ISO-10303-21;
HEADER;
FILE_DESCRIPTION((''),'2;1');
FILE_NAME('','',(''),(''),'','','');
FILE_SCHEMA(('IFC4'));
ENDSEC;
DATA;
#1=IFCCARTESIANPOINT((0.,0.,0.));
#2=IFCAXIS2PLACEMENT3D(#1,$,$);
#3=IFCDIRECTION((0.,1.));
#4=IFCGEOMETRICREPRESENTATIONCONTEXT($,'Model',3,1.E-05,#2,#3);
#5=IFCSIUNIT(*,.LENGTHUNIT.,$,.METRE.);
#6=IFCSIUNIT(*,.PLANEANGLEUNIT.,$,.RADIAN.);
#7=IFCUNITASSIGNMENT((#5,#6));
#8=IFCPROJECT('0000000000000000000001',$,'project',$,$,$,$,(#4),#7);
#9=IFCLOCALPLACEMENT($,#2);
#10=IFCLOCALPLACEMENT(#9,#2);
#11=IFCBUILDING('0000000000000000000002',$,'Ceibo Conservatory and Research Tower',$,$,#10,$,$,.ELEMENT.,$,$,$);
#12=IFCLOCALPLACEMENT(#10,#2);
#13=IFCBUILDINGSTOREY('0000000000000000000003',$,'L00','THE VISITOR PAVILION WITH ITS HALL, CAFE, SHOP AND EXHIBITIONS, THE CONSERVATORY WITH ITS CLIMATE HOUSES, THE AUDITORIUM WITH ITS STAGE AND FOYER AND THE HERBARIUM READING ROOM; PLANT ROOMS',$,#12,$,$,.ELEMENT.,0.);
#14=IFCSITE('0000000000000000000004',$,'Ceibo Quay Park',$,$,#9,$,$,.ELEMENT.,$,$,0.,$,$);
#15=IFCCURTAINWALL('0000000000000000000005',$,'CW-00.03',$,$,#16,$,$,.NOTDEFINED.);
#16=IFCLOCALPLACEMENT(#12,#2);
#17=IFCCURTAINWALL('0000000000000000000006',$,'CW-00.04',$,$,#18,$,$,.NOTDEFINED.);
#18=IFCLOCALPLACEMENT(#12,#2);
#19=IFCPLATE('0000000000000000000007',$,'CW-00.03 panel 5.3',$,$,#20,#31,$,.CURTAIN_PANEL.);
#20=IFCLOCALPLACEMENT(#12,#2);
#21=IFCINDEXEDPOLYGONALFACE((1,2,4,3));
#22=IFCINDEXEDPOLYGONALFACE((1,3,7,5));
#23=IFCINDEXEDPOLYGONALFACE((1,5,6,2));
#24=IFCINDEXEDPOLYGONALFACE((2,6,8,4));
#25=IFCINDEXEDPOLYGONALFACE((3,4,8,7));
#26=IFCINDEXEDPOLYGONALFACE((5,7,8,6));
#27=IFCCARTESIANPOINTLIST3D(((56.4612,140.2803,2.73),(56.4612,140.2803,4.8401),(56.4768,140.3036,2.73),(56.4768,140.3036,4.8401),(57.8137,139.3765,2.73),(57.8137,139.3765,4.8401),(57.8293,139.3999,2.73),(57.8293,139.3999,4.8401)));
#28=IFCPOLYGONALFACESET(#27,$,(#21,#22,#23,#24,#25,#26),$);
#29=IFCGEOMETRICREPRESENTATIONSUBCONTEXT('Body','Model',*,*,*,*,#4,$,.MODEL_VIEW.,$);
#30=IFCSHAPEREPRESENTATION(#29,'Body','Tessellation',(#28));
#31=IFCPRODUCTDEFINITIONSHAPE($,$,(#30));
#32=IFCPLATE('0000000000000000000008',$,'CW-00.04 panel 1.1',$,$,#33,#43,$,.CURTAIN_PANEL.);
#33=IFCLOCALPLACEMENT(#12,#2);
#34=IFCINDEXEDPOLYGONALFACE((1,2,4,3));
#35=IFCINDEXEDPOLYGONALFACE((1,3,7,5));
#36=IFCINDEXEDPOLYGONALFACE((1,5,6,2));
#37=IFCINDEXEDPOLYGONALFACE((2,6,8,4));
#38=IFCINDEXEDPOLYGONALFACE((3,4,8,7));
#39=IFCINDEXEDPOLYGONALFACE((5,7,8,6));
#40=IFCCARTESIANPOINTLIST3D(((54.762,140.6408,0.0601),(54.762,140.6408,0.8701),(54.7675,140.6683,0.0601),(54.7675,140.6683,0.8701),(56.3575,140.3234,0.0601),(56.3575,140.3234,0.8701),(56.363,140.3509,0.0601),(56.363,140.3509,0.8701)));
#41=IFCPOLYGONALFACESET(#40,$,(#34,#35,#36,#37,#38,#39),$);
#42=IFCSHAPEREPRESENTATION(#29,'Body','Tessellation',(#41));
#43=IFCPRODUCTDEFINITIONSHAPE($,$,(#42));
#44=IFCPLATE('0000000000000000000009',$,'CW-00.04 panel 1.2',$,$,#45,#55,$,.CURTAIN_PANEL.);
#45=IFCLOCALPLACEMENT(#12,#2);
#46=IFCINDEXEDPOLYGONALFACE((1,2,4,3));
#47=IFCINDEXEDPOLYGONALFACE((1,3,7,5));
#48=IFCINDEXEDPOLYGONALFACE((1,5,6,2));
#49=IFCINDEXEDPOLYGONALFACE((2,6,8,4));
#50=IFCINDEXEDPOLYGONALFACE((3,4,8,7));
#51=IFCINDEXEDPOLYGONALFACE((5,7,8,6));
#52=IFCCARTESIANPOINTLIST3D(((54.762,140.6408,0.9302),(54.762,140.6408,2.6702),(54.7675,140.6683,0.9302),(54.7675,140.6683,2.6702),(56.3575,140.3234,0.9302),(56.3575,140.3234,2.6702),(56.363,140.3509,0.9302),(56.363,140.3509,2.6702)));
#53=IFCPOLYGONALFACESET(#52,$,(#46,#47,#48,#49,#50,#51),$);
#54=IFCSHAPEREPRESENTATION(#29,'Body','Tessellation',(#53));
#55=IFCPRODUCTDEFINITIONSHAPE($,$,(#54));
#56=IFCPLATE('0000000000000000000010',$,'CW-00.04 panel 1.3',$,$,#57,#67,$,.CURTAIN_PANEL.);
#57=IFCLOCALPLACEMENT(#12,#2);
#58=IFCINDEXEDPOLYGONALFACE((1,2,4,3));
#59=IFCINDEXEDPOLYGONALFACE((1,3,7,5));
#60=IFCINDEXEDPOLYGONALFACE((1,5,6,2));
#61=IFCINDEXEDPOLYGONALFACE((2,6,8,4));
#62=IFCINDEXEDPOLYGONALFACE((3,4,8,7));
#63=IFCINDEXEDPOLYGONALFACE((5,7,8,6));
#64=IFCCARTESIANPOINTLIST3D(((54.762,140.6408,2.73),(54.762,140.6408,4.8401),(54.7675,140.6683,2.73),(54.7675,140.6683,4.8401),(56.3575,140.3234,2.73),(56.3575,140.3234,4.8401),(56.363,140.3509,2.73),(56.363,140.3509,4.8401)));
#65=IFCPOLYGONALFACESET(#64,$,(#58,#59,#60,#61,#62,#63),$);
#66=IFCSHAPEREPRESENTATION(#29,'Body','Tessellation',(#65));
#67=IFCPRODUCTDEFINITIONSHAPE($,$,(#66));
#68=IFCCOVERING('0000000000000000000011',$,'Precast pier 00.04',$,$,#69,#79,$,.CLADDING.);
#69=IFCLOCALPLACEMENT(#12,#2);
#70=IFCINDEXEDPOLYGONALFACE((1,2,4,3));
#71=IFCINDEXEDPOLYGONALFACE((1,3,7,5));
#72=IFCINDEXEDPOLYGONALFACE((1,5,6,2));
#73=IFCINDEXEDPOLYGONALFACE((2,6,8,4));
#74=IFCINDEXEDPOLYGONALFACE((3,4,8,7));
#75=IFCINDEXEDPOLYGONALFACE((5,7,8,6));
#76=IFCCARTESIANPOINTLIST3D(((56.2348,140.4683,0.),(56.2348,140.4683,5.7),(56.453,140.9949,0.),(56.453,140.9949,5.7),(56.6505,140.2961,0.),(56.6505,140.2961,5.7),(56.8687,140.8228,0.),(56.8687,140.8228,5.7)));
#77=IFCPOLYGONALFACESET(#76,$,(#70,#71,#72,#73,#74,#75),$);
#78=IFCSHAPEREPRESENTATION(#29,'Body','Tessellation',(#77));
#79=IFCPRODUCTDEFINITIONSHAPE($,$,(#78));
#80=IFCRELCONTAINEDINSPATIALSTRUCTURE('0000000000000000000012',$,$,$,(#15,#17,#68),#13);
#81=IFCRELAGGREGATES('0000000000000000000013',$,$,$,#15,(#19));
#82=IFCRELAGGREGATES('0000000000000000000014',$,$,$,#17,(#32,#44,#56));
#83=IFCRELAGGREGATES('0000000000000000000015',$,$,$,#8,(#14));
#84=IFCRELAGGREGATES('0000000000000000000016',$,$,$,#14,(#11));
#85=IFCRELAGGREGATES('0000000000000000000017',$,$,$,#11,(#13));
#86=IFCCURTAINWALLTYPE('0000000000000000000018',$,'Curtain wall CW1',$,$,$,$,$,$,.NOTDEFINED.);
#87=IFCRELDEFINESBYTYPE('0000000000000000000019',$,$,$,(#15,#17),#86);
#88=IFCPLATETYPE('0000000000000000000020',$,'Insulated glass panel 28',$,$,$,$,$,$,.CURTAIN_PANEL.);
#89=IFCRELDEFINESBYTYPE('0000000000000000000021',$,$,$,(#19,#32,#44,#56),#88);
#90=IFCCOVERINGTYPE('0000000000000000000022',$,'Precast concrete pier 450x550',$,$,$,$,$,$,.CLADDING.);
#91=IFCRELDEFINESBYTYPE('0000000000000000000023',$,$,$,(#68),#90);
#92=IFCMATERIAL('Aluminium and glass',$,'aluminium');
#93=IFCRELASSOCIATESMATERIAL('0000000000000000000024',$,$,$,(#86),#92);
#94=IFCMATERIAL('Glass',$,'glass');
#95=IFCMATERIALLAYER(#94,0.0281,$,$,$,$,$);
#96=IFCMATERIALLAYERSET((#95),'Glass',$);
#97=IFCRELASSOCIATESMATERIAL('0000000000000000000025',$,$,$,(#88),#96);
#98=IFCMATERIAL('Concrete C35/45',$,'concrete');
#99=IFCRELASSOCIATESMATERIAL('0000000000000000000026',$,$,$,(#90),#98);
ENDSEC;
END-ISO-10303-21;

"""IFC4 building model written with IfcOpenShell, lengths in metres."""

from ifc_helpers import new_model, si_unit, direction, frame, origin, origin_2d, place, context, subcontext, project, spatial, rectangle, extrude, material, layer, layer_set, type_object, element, aggregate, save


model = new_model("IFC4")

# Units and contexts
model_context = context("Model", 3, precision=1e-05, world=origin(), true_north=direction((0.0, 1.0)))
body_context = subcontext(model_context, "Body", "Model", "MODEL_VIEW")
ifc_project = project(units=[si_unit("LENGTHUNIT", "METRE"), si_unit("PLANEANGLEUNIT", "RADIAN")], contexts=[model_context])

# Site, building, storey
site_placement = place(None, origin())
site = spatial("IfcSite", under=ifc_project, at=site_placement, Name="Ceibo Quay Park", CompositionType="ELEMENT", RefElevation=0.0)
building_placement = place(site_placement, origin())
building = spatial("IfcBuilding", under=site, at=building_placement, Name="Ceibo Conservatory and Research Tower", CompositionType="ELEMENT")
storey_placement = place(building_placement, origin())
storey = spatial("IfcBuildingStorey", under=building, at=storey_placement, Name="L00", Description="THE VISITOR PAVILION WITH ITS HALL, CAFE, SHOP AND EXHIBITIONS, THE CONSERVATORY WITH ITS CLIMATE HOUSES, THE AUDITORIUM WITH ITS STAGE AND FOYER AND THE HERBARIUM READING ROOM; PLANT ROOMS", CompositionType="ELEMENT", Elevation=0.0)

# Curtain wall
ifc_material_1 = material(Name="Aluminium and glass", Category="aluminium")
curtain_wall_type = type_object("IfcCurtainWallType", Name="Curtain wall CW1", PredefinedType="NOTDEFINED", material=ifc_material_1)
curtain_wall_1_placement = place(storey_placement, origin())
curtain_wall_1 = element("IfcCurtainWall", 1, at=curtain_wall_1_placement, inside=storey, type_object=curtain_wall_type, Name="CW-00.03", PredefinedType="NOTDEFINED")

# Curtain wall
curtain_wall_2_placement = place(storey_placement, origin())
curtain_wall_2 = element("IfcCurtainWall", 2, at=curtain_wall_2_placement, inside=storey, type_object=curtain_wall_type, Name="CW-00.04", PredefinedType="NOTDEFINED")

# Shared definitions
ifc_material_2 = material(Name="Concrete C35/45", Category="concrete")

# Plates
ifc_material_3 = material(Name="Glass", Category="glass")
ifc_layer = layer(ifc_material_3, 0.0281)
ifc_layer_set = layer_set([ifc_layer], Name="Glass")
plate_type = type_object("IfcPlateType", Name="Insulated glass panel 28", PredefinedType="CURTAIN_PANEL", material=ifc_layer_set)
plate_1_placement = place(storey_placement, frame((57.1453, 139.8401, 2.73), z_axis=(0.0, 0.0, 1.0), x_axis=(-0.83147, 0.55557, 0.0)))
plate_1 = element("IfcPlate", 3, at=plate_1_placement, type_object=plate_type, Name="CW-00.03 panel 5.3", PredefinedType="CURTAIN_PANEL", context=body_context, shape_type="SweptSolid", body=[
    extrude(rectangle(XDim=1.6267, YDim=0.0281, at=origin_2d()), origin(), (0.0, 0.0, 1.0), 2.1101),
])
aggregate(curtain_wall_1, [plate_1])
plate_2_placement = place(storey_placement, frame((55.5625, 140.4958, 0.0601), z_axis=(0.0, 0.0, 1.0), x_axis=(-0.980785, 0.19509, 0.0)))
plate_2 = element("IfcPlate", 4, at=plate_2_placement, type_object=plate_type, Name="CW-00.04 panel 1.1", PredefinedType="CURTAIN_PANEL", context=body_context, shape_type="SweptSolid", body=[
    extrude(rectangle(XDim=1.6267, YDim=0.0281, at=origin_2d()), origin(), (0.0, 0.0, 1.0), 0.8101),
])
plate_3_placement = place(storey_placement, frame((55.5625, 140.4958, 0.9302), z_axis=(0.0, 0.0, 1.0), x_axis=(-0.980785, 0.19509, 0.0)))
plate_3 = element("IfcPlate", 5, at=plate_3_placement, type_object=plate_type, Name="CW-00.04 panel 1.2", PredefinedType="CURTAIN_PANEL", context=body_context, shape_type="SweptSolid", body=[
    extrude(rectangle(XDim=1.6267, YDim=0.0281, at=origin_2d()), origin(), (0.0, 0.0, 1.0), 1.74),
])
plate_4_placement = place(storey_placement, frame((55.5625, 140.4958, 2.73), z_axis=(0.0, 0.0, 1.0), x_axis=(-0.980785, 0.19509, 0.0)))
plate_4 = element("IfcPlate", 6, at=plate_4_placement, type_object=plate_type, Name="CW-00.04 panel 1.3", PredefinedType="CURTAIN_PANEL", context=body_context, shape_type="SweptSolid", body=[
    extrude(rectangle(XDim=1.6267, YDim=0.0281, at=origin_2d()), origin(), (0.0, 0.0, 1.0), 2.1101),
])
aggregate(curtain_wall_2, [plate_2, plate_3, plate_4])

# Covering
covering_type = type_object("IfcCoveringType", Name="Precast concrete pier 450x550", PredefinedType="CLADDING", material=ifc_material_2)
covering_placement = place(storey_placement, frame((56.5518, 140.6455, 0.0), z_axis=(0.0, 0.0, 1.0), x_axis=(0.382683, 0.92388, 0.0)))
element("IfcCovering", 7, at=covering_placement, inside=storey, type_object=covering_type, Name="Precast pier 00.04", PredefinedType="CLADDING", context=body_context, shape_type="SweptSolid", body=[
    extrude(rectangle(XDim=0.5701, YDim=0.45, at=origin_2d()), origin(), (0.0, 0.0, 1.0), 5.7),
])

save(model, "model.ifc")
